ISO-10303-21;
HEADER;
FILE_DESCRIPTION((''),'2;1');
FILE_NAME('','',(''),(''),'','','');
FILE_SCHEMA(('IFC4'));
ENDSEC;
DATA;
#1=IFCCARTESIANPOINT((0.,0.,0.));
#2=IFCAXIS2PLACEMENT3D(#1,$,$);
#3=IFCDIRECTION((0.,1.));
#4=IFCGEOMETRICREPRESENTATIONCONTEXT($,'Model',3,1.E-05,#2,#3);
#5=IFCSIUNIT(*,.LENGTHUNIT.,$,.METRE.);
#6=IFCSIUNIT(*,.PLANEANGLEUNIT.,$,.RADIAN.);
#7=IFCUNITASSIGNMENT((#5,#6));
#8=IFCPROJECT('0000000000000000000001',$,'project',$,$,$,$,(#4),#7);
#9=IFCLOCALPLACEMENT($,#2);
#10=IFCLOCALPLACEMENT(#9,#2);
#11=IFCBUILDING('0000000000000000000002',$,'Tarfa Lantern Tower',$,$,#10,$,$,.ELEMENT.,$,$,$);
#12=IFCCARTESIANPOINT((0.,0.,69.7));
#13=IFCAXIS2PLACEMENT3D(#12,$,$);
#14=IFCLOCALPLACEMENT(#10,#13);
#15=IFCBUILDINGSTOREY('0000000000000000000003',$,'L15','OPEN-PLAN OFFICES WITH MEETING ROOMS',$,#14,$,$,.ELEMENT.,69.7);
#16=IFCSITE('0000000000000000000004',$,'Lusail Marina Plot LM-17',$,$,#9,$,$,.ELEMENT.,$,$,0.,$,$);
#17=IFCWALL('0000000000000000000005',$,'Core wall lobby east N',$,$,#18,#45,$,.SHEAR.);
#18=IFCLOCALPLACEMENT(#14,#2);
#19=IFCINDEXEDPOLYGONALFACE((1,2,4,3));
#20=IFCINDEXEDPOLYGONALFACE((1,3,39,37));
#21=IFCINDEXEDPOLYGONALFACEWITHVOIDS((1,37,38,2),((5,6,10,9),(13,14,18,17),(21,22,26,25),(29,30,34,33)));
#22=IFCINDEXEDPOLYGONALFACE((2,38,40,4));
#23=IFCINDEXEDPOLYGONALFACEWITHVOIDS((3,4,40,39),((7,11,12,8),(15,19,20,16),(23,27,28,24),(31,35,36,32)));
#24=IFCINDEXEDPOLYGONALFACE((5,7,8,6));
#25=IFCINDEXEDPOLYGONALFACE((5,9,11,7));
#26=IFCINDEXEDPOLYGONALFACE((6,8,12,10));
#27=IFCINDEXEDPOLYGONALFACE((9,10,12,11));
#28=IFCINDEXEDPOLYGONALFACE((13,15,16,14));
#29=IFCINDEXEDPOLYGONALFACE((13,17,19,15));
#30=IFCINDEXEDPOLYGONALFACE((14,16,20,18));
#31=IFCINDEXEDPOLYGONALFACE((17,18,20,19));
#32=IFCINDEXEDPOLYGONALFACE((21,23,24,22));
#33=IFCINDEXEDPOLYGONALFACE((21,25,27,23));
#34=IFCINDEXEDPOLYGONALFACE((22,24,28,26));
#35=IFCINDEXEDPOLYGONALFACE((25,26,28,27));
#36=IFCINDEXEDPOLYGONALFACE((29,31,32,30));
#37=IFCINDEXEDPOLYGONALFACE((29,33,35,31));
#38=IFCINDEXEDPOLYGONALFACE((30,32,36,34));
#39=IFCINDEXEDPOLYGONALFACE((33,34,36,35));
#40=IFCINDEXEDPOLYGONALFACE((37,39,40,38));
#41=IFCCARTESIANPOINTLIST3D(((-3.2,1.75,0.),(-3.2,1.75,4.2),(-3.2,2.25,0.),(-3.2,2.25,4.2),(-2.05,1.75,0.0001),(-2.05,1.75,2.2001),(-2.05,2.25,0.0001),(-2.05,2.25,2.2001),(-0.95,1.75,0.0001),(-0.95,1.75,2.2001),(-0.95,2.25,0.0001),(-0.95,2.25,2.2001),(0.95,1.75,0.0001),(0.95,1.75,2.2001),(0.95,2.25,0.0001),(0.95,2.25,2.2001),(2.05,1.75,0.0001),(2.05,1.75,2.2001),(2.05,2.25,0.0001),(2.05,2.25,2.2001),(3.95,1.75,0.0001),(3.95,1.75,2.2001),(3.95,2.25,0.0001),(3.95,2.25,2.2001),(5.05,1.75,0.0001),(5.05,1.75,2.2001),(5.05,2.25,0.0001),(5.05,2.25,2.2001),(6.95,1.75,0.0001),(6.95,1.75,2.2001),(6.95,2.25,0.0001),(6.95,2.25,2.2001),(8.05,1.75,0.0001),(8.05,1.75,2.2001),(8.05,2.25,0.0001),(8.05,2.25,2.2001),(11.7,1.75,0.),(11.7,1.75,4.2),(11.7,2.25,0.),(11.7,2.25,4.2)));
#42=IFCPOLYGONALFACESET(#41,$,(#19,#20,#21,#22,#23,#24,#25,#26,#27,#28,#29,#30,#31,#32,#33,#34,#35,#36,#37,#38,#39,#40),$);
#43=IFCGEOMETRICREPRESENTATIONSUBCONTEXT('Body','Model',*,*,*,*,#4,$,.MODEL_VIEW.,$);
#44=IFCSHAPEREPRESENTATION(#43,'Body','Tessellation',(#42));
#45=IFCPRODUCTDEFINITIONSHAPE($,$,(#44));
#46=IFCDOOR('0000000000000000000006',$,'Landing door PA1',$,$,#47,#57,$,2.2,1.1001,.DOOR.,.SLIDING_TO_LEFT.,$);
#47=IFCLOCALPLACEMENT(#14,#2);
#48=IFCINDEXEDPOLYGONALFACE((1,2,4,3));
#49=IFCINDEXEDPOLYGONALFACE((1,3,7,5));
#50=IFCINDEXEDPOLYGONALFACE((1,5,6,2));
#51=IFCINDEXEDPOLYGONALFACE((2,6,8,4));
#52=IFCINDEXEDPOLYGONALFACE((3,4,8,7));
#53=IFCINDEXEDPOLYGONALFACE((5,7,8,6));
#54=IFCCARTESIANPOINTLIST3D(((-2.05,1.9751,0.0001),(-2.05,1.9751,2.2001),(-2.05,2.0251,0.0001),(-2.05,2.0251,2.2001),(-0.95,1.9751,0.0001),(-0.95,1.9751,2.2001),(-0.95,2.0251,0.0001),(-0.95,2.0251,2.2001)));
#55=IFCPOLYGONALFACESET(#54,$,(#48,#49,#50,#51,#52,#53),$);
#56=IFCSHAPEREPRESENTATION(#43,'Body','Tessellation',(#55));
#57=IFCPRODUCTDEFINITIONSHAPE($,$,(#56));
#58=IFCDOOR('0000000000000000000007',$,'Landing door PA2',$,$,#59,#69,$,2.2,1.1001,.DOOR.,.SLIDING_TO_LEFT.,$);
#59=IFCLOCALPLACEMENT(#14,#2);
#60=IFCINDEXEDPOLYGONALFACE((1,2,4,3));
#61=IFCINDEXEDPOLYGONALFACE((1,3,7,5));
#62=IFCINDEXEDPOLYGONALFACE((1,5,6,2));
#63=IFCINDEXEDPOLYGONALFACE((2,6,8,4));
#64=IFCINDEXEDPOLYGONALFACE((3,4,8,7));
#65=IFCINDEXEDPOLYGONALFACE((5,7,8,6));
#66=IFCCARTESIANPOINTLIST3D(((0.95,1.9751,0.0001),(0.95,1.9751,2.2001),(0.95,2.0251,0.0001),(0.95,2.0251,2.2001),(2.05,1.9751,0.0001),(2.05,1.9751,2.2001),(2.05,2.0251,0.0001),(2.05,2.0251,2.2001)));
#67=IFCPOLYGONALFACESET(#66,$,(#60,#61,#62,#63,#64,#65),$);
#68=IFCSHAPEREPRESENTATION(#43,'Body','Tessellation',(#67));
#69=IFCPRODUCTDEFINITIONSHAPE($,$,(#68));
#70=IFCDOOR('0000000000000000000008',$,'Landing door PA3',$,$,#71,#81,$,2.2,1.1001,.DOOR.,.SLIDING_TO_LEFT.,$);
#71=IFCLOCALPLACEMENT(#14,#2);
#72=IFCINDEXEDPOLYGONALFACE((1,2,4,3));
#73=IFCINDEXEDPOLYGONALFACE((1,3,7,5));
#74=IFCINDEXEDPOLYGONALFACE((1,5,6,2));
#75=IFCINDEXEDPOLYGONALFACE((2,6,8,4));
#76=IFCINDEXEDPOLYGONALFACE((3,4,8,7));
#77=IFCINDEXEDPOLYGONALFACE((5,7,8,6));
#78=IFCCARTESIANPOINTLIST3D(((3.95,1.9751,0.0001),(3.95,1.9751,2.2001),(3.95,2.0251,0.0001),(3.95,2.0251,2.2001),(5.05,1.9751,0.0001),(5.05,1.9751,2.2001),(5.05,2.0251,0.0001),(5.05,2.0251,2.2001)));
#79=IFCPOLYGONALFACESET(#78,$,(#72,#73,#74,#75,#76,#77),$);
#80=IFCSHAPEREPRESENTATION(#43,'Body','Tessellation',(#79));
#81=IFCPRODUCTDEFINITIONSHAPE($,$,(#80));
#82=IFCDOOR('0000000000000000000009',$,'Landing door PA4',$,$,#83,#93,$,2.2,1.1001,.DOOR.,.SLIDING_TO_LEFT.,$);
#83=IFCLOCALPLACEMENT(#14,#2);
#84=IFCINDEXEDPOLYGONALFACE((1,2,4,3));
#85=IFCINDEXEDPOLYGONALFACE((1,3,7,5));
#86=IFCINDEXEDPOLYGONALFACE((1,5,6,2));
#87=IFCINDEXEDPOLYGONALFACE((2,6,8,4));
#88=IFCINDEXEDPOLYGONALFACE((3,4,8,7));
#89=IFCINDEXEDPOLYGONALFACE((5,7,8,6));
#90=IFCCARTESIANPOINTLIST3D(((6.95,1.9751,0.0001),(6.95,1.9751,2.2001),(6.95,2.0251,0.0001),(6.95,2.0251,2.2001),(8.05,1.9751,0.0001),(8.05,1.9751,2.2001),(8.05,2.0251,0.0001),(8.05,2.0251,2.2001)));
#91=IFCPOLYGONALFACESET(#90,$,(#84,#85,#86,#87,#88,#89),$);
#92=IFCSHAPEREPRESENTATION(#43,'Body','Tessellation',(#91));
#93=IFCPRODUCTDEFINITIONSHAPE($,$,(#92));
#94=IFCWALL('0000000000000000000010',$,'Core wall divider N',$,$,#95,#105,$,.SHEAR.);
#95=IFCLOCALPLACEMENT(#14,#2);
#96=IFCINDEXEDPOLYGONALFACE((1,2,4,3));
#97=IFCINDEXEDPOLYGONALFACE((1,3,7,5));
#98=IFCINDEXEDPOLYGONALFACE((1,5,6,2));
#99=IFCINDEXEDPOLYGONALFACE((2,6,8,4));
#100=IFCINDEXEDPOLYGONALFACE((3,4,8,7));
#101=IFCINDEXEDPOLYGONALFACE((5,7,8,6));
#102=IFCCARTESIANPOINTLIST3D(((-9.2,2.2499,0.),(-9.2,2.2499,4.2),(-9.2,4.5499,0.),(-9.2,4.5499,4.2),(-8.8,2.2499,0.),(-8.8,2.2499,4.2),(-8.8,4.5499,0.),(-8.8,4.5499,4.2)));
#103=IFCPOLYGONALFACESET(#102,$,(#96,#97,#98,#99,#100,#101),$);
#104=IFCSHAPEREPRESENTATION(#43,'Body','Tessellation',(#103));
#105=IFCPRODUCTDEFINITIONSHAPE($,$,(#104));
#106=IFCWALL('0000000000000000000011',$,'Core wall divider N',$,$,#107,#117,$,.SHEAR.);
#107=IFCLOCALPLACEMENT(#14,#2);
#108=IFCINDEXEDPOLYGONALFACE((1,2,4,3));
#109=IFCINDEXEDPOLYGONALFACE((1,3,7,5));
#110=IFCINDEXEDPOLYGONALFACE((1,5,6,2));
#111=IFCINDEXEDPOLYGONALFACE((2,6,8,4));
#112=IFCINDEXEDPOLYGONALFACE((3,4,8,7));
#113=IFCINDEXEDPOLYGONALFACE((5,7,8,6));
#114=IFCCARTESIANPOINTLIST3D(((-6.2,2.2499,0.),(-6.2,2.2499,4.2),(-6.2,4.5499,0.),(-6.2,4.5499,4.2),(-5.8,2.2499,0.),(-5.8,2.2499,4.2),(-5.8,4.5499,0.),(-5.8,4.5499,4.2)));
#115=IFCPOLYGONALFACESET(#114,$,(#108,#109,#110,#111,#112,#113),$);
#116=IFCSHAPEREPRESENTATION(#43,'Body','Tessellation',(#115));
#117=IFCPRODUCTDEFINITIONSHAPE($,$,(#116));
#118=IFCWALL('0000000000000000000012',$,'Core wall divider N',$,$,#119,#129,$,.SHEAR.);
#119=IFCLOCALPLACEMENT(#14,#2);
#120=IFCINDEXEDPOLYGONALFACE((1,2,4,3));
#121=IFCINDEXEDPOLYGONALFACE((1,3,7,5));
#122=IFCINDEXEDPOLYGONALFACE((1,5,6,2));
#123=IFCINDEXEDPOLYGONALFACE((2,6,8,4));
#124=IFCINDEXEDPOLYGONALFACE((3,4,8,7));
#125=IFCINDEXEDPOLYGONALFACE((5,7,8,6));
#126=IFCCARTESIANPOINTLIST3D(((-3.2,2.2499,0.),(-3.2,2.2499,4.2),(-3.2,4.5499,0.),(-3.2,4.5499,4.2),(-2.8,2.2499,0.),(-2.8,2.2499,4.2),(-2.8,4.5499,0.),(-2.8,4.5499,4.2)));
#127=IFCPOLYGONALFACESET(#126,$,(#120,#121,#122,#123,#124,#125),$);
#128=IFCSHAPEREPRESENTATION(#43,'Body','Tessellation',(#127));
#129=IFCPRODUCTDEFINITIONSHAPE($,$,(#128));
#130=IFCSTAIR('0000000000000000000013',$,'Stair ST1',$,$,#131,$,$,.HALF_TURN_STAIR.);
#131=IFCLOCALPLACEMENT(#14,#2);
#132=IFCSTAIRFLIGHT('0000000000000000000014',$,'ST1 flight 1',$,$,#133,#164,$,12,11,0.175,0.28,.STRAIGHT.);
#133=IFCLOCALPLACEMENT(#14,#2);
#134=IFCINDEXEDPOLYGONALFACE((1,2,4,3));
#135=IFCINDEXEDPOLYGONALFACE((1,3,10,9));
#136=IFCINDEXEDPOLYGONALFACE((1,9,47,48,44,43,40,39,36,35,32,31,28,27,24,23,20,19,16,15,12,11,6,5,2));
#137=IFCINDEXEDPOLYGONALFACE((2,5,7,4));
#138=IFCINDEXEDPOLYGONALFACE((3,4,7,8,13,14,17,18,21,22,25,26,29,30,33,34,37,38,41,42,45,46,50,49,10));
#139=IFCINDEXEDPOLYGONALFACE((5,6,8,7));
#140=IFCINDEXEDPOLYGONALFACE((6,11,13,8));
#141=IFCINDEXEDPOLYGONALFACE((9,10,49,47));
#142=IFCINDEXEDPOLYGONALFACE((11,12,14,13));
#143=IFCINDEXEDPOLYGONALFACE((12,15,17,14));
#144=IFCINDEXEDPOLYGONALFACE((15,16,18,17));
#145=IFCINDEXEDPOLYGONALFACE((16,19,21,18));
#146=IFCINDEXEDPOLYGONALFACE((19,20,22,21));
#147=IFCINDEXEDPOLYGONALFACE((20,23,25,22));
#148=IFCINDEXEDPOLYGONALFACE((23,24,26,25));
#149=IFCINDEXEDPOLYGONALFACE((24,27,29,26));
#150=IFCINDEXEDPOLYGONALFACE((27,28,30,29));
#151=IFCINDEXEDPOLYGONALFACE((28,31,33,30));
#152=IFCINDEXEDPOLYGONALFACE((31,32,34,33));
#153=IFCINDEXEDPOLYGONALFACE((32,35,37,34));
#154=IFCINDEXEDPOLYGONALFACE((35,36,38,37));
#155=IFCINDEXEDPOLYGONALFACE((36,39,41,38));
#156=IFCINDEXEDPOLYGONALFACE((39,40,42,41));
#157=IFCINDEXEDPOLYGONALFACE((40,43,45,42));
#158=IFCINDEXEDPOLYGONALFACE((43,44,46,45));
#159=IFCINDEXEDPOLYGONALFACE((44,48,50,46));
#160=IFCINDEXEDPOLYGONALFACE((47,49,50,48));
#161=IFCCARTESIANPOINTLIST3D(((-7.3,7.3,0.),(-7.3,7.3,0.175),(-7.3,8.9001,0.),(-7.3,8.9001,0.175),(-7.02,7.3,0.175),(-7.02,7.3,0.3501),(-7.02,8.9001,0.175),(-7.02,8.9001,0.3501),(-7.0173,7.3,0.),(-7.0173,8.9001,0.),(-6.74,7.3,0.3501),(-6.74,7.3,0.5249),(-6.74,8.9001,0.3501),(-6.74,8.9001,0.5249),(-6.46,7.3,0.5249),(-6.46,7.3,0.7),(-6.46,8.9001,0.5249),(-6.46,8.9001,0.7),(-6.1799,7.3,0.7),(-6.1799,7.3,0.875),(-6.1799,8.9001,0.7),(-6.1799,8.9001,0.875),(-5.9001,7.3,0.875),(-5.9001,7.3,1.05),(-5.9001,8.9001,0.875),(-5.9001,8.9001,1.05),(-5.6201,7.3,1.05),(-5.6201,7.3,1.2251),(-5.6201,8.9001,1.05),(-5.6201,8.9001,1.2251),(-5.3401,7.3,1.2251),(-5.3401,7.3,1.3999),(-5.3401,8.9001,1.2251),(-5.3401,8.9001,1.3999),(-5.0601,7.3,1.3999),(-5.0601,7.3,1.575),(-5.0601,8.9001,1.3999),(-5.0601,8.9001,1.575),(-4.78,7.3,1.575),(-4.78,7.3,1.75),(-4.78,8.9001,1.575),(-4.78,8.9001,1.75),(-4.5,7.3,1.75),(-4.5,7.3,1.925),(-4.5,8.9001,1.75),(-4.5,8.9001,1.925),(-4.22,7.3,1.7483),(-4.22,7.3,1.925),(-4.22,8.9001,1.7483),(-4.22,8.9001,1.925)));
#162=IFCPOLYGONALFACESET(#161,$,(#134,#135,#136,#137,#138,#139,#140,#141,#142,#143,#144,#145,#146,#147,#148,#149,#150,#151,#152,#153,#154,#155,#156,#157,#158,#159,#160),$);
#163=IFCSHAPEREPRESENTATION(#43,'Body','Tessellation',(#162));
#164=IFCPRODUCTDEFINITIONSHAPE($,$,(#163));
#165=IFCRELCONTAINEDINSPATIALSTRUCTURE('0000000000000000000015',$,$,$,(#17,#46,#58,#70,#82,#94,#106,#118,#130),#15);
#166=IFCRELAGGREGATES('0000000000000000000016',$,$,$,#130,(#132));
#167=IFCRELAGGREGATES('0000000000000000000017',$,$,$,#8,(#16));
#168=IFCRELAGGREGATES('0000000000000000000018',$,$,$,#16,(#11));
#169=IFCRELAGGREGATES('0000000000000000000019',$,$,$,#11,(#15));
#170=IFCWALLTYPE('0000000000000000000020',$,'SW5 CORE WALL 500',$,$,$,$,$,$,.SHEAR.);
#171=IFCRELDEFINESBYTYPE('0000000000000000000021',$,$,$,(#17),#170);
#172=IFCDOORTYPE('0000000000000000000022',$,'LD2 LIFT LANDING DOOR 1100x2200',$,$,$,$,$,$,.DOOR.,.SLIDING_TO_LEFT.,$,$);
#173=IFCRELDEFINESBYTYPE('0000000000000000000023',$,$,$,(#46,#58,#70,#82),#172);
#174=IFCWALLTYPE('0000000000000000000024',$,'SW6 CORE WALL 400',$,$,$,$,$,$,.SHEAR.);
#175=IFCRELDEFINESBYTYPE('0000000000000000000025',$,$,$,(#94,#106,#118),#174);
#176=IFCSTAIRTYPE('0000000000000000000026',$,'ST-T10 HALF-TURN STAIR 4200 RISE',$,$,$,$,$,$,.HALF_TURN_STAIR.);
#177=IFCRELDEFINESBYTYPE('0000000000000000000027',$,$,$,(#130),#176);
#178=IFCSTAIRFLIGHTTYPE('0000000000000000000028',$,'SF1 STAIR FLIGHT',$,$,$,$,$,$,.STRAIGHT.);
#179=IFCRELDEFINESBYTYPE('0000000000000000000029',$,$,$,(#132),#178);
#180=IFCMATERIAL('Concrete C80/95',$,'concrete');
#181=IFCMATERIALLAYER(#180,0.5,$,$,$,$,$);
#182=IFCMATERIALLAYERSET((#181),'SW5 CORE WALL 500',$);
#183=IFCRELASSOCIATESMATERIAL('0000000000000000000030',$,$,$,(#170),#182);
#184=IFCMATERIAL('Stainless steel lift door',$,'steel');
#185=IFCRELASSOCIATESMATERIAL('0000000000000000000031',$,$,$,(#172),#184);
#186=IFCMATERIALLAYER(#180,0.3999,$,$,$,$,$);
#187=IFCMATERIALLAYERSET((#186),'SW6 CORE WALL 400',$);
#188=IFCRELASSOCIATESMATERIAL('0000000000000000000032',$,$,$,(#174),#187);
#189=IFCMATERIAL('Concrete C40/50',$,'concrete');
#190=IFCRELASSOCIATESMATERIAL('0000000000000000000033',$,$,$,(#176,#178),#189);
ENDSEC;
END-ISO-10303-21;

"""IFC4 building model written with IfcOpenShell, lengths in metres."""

from ifc_helpers import new_model, si_unit, direction, frame, frame_2d, origin, place, context, subcontext, project, spatial, polyline, rectangle, outline, extrude, material, layer, layer_set, type_object, element, fill, aggregate, save


model = new_model("IFC4")

# Units and contexts
model_context = context("Model", 3, precision=1e-05, world=origin(), true_north=direction((0.0, 1.0)))
body_context = subcontext(model_context, "Body", "Model", "MODEL_VIEW")
ifc_project = project(units=[si_unit("LENGTHUNIT", "METRE"), si_unit("PLANEANGLEUNIT", "RADIAN")], contexts=[model_context])

# Site, building, storey
site_placement = place(None, origin())
site = spatial("IfcSite", under=ifc_project, at=site_placement, Name="Lusail Marina Plot LM-17", CompositionType="ELEMENT", RefElevation=0.0)
building_placement = place(site_placement, origin())
building = spatial("IfcBuilding", under=site, at=building_placement, Name="Tarfa Lantern Tower", CompositionType="ELEMENT")
storey_placement = place(building_placement, frame((0.0, 0.0, 69.7)))
storey = spatial("IfcBuildingStorey", under=building, at=storey_placement, Name="L15", Description="OPEN-PLAN OFFICES WITH MEETING ROOMS", CompositionType="ELEMENT", Elevation=69.7)

# Shared definitions
ifc_material_1 = material(Name="Concrete C80/95", Category="concrete")

# Wall, openings, doors
ifc_layer_1 = layer(ifc_material_1, 0.5)
ifc_layer_set_1 = layer_set([ifc_layer_1], Name="SW5 CORE WALL 500")
wall_type_1 = type_object("IfcWallType", Name="SW5 CORE WALL 500", PredefinedType="SHEAR", material=ifc_layer_set_1)
wall_1_placement = place(storey_placement, frame((-3.2, 2.0, 0.0), z_axis=(0.0, 0.0, 1.0), x_axis=(1.0, 0.0, 0.0)))
wall_1 = element("IfcWall", 1, at=wall_1_placement, inside=storey, type_object=wall_type_1, Name="Core wall lobby east N", PredefinedType="SHEAR", context=body_context, shape_type="SweptSolid", body=[
    extrude(rectangle(XDim=14.8999, YDim=0.5, at=frame_2d((7.45, 0.0))), origin(), (0.0, 0.0, 1.0), 4.2),
])
opening_1_placement = place(wall_1_placement, frame((1.1499, 0.0, 0.0)))
opening_1 = element("IfcOpeningElement", 2, at=opening_1_placement, cuts=wall_1, PredefinedType="OPENING", context=body_context, shape_type="SweptSolid", body=[
    extrude(rectangle(XDim=1.1001, YDim=2.2, at=frame_2d((0.55, 1.1001))), frame((0.0, 0.26, 0.0), z_axis=(0.0, -1.0, 0.0), x_axis=(1.0, 0.0, 0.0)), (0.0, 0.0, 1.0), 0.52),
])
opening_2_placement = place(wall_1_placement, frame((4.1499, 0.0, 0.0)))
opening_2 = element("IfcOpeningElement", 3, at=opening_2_placement, cuts=wall_1, PredefinedType="OPENING", context=body_context, shape_type="SweptSolid", body=[
    extrude(rectangle(XDim=1.1001, YDim=2.2, at=frame_2d((0.55, 1.1001))), frame((0.0, 0.26, 0.0), z_axis=(0.0, -1.0, 0.0), x_axis=(1.0, 0.0, 0.0)), (0.0, 0.0, 1.0), 0.52),
])
opening_3_placement = place(wall_1_placement, frame((7.1499, 0.0, 0.0)))
opening_3 = element("IfcOpeningElement", 4, at=opening_3_placement, cuts=wall_1, PredefinedType="OPENING", context=body_context, shape_type="SweptSolid", body=[
    extrude(rectangle(XDim=1.1001, YDim=2.2, at=frame_2d((0.55, 1.1001))), frame((0.0, 0.26, 0.0), z_axis=(0.0, -1.0, 0.0), x_axis=(1.0, 0.0, 0.0)), (0.0, 0.0, 1.0), 0.52),
])
opening_4_placement = place(wall_1_placement, frame((10.1499, 0.0, 0.0)))
opening_4 = element("IfcOpeningElement", 5, at=opening_4_placement, cuts=wall_1, PredefinedType="OPENING", context=body_context, shape_type="SweptSolid", body=[
    extrude(rectangle(XDim=1.1001, YDim=2.2, at=frame_2d((0.55, 1.1001))), frame((0.0, 0.26, 0.0), z_axis=(0.0, -1.0, 0.0), x_axis=(1.0, 0.0, 0.0)), (0.0, 0.0, 1.0), 0.52),
])
ifc_material_2 = material(Name="Stainless steel lift door", Category="steel")
door_type_1 = type_object("IfcDoorType", Name="LD2 LIFT LANDING DOOR 1100x2200", OperationType="SLIDING_TO_LEFT", PredefinedType="DOOR", material=ifc_material_2)
door_1_placement = place(opening_1_placement, frame((1.1001, 0.0, 0.0), z_axis=(0.0, 0.0, 1.0), x_axis=(-1.0, 0.0, 0.0)))
door_1 = element("IfcDoor", 6, at=door_1_placement, inside=storey, type_object=door_type_1, Name="Landing door PA1", OperationType="SLIDING_TO_LEFT", OverallHeight=2.2, OverallWidth=1.1001, PredefinedType="DOOR", context=body_context, shape_type="SweptSolid", body=[
    extrude(rectangle(XDim=1.1001, YDim=2.2, at=frame_2d((0.55, 1.1001))), frame((0.0, 0.0249, 0.0), z_axis=(0.0, -1.0, 0.0), x_axis=(1.0, 0.0, 0.0)), (0.0, 0.0, 1.0), 0.05),
])
fill(opening_1, door_1)
door_2_placement = place(opening_2_placement, frame((1.1001, 0.0, 0.0), z_axis=(0.0, 0.0, 1.0), x_axis=(-1.0, 0.0, 0.0)))
door_2 = element("IfcDoor", 7, at=door_2_placement, inside=storey, type_object=door_type_1, Name="Landing door PA2", OperationType="SLIDING_TO_LEFT", OverallHeight=2.2, OverallWidth=1.1001, PredefinedType="DOOR", context=body_context, shape_type="SweptSolid", body=[
    extrude(rectangle(XDim=1.1001, YDim=2.2, at=frame_2d((0.55, 1.1001))), frame((0.0, 0.0249, 0.0), z_axis=(0.0, -1.0, 0.0), x_axis=(1.0, 0.0, 0.0)), (0.0, 0.0, 1.0), 0.05),
])
fill(opening_2, door_2)
door_3_placement = place(opening_3_placement, frame((1.1001, 0.0, 0.0), z_axis=(0.0, 0.0, 1.0), x_axis=(-1.0, 0.0, 0.0)))
door_3 = element("IfcDoor", 8, at=door_3_placement, inside=storey, type_object=door_type_1, Name="Landing door PA3", OperationType="SLIDING_TO_LEFT", OverallHeight=2.2, OverallWidth=1.1001, PredefinedType="DOOR", context=body_context, shape_type="SweptSolid", body=[
    extrude(rectangle(XDim=1.1001, YDim=2.2, at=frame_2d((0.55, 1.1001))), frame((0.0, 0.0249, 0.0), z_axis=(0.0, -1.0, 0.0), x_axis=(1.0, 0.0, 0.0)), (0.0, 0.0, 1.0), 0.05),
])
fill(opening_3, door_3)
door_4_placement = place(opening_4_placement, frame((1.1001, 0.0, 0.0), z_axis=(0.0, 0.0, 1.0), x_axis=(-1.0, 0.0, 0.0)))
door_4 = element("IfcDoor", 9, at=door_4_placement, inside=storey, type_object=door_type_1, Name="Landing door PA4", OperationType="SLIDING_TO_LEFT", OverallHeight=2.2, OverallWidth=1.1001, PredefinedType="DOOR", context=body_context, shape_type="SweptSolid", body=[
    extrude(rectangle(XDim=1.1001, YDim=2.2, at=frame_2d((0.55, 1.1001))), frame((0.0, 0.0249, 0.0), z_axis=(0.0, -1.0, 0.0), x_axis=(1.0, 0.0, 0.0)), (0.0, 0.0, 1.0), 0.05),
])
fill(opening_4, door_4)

# Walls
ifc_layer_2 = layer(ifc_material_1, 0.3999)
ifc_layer_set_2 = layer_set([ifc_layer_2], Name="SW6 CORE WALL 400")
wall_type_2 = type_object("IfcWallType", Name="SW6 CORE WALL 400", PredefinedType="SHEAR", material=ifc_layer_set_2)
for number, where, z_axis, x_axis, name in (
    (10, (-9.0, 2.25, 0.0), (0.0, 0.0, 1.0), (0.0, 1.0, 0.0), "Core wall divider N"),
    (11, (-6.0, 2.25, 0.0), (0.0, 0.0, 1.0), (0.0, 1.0, 0.0), "Core wall divider N"),
    (12, (-3.0, 2.25, 0.0), (0.0, 0.0, 1.0), (0.0, 1.0, 0.0), "Core wall divider N"),
):
    element("IfcWall", number, at=place(storey_placement, frame(where, z_axis=z_axis, x_axis=x_axis)), inside=storey, type_object=wall_type_2, Name=name, PredefinedType="SHEAR", context=body_context, shape_type="SweptSolid", body=[
        extrude(rectangle(XDim=2.3, YDim=0.3999, at=frame_2d((1.1499, 0.0))), origin(), (0.0, 0.0, 1.0), 4.2),
    ])

# Stair, stair flight
ifc_material_3 = material(Name="Concrete C40/50", Category="concrete")
stair_type = type_object("IfcStairType", Name="ST-T10 HALF-TURN STAIR 4200 RISE", PredefinedType="HALF_TURN_STAIR", material=ifc_material_3)
stair_placement = place(storey_placement, origin())
stair = element("IfcStair", 13, at=stair_placement, inside=storey, type_object=stair_type, Name="Stair ST1", PredefinedType="HALF_TURN_STAIR")
stair_flight_type = type_object("IfcStairFlightType", Name="SF1 STAIR FLIGHT", PredefinedType="STRAIGHT", material=ifc_material_3)
stair_flight_1_placement = place(storey_placement, frame((-7.3, 8.1001, 0.0), z_axis=(0.0, 0.0, 1.0), x_axis=(1.0, 0.0, 0.0)))
stair_flight_1 = element("IfcStairFlight", 14, at=stair_flight_1_placement, type_object=stair_flight_type, Name="ST1 flight 1", NumberOfRisers=12, NumberOfTreads=11, PredefinedType="STRAIGHT", RiserHeight=0.175, TreadLength=0.28, context=body_context, shape_type="SweptSolid", body=[
    extrude(outline(polyline([(0.0, 0.0), (0.0, 0.175), (0.28, 0.175), (0.28, 0.3501), (0.5601, 0.3501), (0.5601, 0.5249), (0.8401, 0.5249), (0.8401, 0.7), (1.1201, 0.7), (1.1201, 0.875), (1.3999, 0.875), (1.3999, 1.05), (1.6799, 1.05), (1.6799, 1.2251), (1.96, 1.2251), (1.96, 1.3999), (2.24, 1.3999), (2.24, 1.575), (2.52, 1.575), (2.52, 1.75), (2.8, 1.75), (2.8, 1.925), (3.0801, 1.925), (3.0801, 2.1001), (3.0801, 1.7483), (0.2827, 0.0), (0.0, 0.0)])), frame((0.0, 0.8, 0.0), z_axis=(0.0, -1.0, 0.0), x_axis=(1.0, 0.0, 0.0)), (0.0, 0.0, 1.0), 1.6001),
])
aggregate(stair, [stair_flight_1])

save(model, "model.ifc")
